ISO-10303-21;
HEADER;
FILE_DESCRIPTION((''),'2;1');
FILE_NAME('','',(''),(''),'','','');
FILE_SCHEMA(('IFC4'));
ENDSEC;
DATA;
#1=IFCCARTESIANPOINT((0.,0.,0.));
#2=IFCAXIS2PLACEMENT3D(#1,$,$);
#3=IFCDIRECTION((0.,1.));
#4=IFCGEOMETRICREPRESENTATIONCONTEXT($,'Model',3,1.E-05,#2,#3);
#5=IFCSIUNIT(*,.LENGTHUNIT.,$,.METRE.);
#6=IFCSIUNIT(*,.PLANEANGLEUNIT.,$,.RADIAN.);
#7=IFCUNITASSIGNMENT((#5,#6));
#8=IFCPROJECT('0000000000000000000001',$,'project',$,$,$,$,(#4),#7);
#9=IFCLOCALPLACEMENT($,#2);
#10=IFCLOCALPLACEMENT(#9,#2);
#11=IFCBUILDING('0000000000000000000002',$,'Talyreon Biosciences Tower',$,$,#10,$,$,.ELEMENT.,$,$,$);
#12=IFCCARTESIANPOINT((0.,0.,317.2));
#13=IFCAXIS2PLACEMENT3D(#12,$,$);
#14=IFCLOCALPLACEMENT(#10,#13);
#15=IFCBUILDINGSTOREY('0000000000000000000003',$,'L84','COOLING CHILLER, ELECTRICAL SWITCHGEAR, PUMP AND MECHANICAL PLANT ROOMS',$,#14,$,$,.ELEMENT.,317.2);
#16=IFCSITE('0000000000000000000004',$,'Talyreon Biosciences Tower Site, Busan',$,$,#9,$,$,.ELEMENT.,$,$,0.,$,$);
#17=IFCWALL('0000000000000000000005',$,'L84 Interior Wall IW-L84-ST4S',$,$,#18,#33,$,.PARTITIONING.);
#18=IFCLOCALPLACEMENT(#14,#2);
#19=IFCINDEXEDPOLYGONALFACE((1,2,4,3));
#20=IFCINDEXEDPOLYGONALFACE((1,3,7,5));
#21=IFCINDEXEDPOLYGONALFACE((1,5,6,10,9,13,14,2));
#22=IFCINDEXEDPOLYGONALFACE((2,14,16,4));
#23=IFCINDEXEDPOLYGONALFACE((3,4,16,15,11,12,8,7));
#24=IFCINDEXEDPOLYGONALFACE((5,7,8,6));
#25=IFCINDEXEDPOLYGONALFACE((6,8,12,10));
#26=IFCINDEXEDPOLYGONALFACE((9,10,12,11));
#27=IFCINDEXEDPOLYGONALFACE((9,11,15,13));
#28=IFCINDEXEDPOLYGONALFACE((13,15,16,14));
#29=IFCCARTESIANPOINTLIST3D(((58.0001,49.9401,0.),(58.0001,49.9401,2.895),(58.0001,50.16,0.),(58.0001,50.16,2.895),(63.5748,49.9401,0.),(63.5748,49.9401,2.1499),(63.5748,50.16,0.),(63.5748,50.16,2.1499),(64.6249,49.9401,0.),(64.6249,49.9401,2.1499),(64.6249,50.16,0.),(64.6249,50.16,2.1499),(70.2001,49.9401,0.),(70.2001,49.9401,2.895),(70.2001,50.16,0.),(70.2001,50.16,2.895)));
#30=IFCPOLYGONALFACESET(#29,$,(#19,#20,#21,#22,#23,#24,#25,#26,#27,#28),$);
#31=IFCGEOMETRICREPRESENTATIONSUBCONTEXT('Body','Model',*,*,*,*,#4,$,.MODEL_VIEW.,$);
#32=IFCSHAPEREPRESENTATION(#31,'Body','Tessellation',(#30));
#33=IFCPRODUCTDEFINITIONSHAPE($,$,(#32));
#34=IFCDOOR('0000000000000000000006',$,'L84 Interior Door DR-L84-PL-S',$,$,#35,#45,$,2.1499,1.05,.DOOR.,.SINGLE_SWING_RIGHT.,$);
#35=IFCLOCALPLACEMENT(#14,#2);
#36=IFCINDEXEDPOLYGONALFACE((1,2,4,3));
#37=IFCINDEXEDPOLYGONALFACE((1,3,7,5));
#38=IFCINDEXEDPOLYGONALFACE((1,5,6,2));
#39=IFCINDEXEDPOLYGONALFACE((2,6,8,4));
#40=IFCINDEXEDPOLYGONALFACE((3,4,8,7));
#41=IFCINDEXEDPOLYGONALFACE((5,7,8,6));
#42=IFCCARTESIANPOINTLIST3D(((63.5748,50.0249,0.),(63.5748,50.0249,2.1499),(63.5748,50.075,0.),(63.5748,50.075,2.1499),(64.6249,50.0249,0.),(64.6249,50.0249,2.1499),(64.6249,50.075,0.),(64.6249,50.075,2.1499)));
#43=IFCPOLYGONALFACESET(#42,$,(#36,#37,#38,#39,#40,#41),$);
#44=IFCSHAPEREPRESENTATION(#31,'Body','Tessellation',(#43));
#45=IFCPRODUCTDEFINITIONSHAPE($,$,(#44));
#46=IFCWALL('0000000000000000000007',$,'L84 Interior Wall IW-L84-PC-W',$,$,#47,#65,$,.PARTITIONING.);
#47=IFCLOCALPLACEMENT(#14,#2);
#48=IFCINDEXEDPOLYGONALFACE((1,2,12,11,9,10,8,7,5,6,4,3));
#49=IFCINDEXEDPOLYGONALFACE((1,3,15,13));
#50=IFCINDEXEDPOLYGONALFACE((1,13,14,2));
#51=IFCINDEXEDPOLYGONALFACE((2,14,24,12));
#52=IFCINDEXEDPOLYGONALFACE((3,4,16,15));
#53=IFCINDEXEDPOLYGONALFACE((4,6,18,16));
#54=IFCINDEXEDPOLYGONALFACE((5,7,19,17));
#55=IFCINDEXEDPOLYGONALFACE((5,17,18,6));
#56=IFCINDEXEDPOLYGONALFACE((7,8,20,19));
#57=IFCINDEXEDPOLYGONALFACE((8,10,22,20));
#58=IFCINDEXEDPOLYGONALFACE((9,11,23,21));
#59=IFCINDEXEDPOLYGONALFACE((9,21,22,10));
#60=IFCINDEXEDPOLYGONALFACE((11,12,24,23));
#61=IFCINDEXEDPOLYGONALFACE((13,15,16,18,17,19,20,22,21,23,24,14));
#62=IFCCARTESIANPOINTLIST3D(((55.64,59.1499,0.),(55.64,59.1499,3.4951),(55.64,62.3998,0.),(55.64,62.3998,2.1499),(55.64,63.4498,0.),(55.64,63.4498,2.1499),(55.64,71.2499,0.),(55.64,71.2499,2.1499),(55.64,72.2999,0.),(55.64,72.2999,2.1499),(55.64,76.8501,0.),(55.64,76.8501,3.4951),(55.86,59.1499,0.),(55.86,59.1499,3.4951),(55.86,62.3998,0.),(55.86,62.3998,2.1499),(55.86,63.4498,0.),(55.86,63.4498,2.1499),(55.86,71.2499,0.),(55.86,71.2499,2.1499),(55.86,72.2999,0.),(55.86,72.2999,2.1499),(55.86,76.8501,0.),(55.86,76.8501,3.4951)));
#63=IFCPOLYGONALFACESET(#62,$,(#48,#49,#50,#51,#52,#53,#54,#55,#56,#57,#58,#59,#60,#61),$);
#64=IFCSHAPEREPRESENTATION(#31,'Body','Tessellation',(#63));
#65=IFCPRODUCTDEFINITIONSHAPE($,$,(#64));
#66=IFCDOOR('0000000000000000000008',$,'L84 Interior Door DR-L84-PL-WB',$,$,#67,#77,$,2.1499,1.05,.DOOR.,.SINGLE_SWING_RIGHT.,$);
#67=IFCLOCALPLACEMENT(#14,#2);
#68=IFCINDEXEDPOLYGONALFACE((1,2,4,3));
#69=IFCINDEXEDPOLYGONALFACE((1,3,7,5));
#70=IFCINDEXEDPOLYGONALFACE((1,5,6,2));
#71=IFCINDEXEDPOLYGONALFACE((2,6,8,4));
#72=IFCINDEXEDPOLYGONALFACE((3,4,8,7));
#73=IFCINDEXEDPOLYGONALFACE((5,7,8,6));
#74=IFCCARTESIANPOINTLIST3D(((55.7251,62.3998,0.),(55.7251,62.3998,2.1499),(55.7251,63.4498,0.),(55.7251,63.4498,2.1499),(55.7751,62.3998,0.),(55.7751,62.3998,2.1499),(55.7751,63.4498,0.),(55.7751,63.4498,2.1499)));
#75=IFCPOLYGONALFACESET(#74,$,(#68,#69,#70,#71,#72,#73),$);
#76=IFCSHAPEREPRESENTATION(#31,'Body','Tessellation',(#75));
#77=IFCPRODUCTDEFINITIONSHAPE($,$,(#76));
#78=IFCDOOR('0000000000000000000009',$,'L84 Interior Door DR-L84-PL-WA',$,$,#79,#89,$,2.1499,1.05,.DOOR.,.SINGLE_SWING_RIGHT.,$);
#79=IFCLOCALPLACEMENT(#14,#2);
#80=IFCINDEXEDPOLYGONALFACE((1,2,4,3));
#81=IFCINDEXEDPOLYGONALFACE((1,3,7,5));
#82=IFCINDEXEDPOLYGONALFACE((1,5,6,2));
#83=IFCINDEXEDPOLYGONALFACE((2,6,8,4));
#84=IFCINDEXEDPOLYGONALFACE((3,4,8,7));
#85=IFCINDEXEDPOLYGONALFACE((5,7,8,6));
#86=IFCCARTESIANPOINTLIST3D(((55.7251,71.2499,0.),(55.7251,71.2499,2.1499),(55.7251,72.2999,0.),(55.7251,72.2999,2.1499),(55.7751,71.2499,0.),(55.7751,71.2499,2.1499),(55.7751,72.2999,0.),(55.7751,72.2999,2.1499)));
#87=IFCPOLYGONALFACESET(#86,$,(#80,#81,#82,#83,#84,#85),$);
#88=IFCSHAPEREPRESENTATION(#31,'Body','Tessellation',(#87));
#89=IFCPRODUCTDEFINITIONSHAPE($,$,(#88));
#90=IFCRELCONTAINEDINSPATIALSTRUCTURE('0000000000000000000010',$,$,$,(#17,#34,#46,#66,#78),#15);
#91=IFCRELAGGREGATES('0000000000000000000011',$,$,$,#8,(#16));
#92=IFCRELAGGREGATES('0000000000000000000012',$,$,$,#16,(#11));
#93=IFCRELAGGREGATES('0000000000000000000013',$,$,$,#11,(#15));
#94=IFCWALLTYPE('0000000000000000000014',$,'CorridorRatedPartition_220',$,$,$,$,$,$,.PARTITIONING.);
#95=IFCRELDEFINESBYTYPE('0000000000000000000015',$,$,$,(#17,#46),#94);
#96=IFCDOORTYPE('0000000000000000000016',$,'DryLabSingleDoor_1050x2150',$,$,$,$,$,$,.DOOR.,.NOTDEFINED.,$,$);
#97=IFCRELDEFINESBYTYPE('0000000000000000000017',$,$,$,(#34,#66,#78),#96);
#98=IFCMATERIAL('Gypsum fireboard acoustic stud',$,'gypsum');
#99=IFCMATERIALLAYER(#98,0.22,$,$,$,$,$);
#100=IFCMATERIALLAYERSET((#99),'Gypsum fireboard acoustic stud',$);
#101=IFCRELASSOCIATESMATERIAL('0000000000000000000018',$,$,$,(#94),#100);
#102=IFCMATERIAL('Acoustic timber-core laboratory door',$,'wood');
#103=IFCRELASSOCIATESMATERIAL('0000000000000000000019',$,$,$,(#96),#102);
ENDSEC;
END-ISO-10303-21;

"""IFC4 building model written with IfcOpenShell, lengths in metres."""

from ifc_helpers import new_model, si_unit, direction, frame, frame_2d, origin, place, context, subcontext, project, spatial, rectangle, extrude, material, layer, layer_set, type_object, element, fill, save


model = new_model("IFC4")

# Units and contexts
model_context = context("Model", 3, precision=1e-05, world=origin(), true_north=direction((0.0, 1.0)))
body_context = subcontext(model_context, "Body", "Model", "MODEL_VIEW")
ifc_project = project(units=[si_unit("LENGTHUNIT", "METRE"), si_unit("PLANEANGLEUNIT", "RADIAN")], contexts=[model_context])

# Site, building, storey
site_placement = place(None, origin())
site = spatial("IfcSite", under=ifc_project, at=site_placement, Name="Talyreon Biosciences Tower Site, Busan", CompositionType="ELEMENT", RefElevation=0.0)
building_placement = place(site_placement, origin())
building = spatial("IfcBuilding", under=site, at=building_placement, Name="Talyreon Biosciences Tower", CompositionType="ELEMENT")
storey_placement = place(building_placement, frame((0.0, 0.0, 317.2)))
storey = spatial("IfcBuildingStorey", under=building, at=storey_placement, Name="L84", Description="COOLING CHILLER, ELECTRICAL SWITCHGEAR, PUMP AND MECHANICAL PLANT ROOMS", CompositionType="ELEMENT", Elevation=317.2)

# Shared definitions
ifc_material_1 = material(Name="Gypsum fireboard acoustic stud", Category="gypsum")
ifc_layer_1 = layer(ifc_material_1, 0.22)
ifc_layer_set_1 = layer_set([ifc_layer_1], Name="Gypsum fireboard acoustic stud")
wall_type_1 = type_object("IfcWallType", Name="CorridorRatedPartition_220", PredefinedType="PARTITIONING", material=ifc_layer_set_1)

# Wall, opening, door
wall_1_placement = place(storey_placement, frame((58.0, 50.05, 0.0), z_axis=(0.0, 0.0, 1.0), x_axis=(1.0, 0.0, 0.0)))
wall_1 = element("IfcWall", 1, at=wall_1_placement, inside=storey, type_object=wall_type_1, Name="L84 Interior Wall IW-L84-ST4S", PredefinedType="PARTITIONING", context=body_context, shape_type="SweptSolid", body=[
    extrude(rectangle(XDim=12.2, YDim=0.22, at=frame_2d((6.1001, 0.0))), origin(), (0.0, 0.0, 1.0), 2.895),
])
opening_1_placement = place(wall_1_placement, frame((5.575, 0.0, 0.0)))
opening_1 = element("IfcOpeningElement", 2, at=opening_1_placement, cuts=wall_1, PredefinedType="OPENING", context=body_context, shape_type="SweptSolid", body=[
    extrude(rectangle(XDim=1.05, YDim=2.1499, at=frame_2d((0.5249, 1.075))), frame((0.0, 0.1199, 0.0), z_axis=(0.0, -1.0, 0.0), x_axis=(1.0, 0.0, 0.0)), (0.0, 0.0, 1.0), 0.24),
])
ifc_material_2 = material(Name="Acoustic timber-core laboratory door", Category="wood")
door_type_1 = type_object("IfcDoorType", Name="DryLabSingleDoor_1050x2150", OperationType="NOTDEFINED", PredefinedType="DOOR", material=ifc_material_2)
door_1_placement = place(opening_1_placement, origin())
door_1 = element("IfcDoor", 3, at=door_1_placement, inside=storey, type_object=door_type_1, Name="L84 Interior Door DR-L84-PL-S", OperationType="SINGLE_SWING_RIGHT", OverallHeight=2.1499, OverallWidth=1.05, PredefinedType="DOOR", context=body_context, shape_type="SweptSolid", body=[
    extrude(rectangle(XDim=1.05, YDim=2.1499, at=frame_2d((0.5249, 1.075))), frame((0.0, 0.0249, 0.0), z_axis=(0.0, -1.0, 0.0), x_axis=(1.0, 0.0, 0.0)), (0.0, 0.0, 1.0), 0.05),
])
fill(opening_1, door_1)

# Wall, openings, doors
wall_2_placement = place(storey_placement, frame((55.75, 59.1499, 0.0), z_axis=(0.0, 0.0, 1.0), x_axis=(0.0, 1.0, 0.0)))
wall_2 = element("IfcWall", 4, at=wall_2_placement, inside=storey, type_object=wall_type_1, Name="L84 Interior Wall IW-L84-PC-W", PredefinedType="PARTITIONING", context=body_context, shape_type="SweptSolid", body=[
    extrude(rectangle(XDim=17.7002, YDim=0.22, at=frame_2d((8.8501, 0.0))), origin(), (0.0, 0.0, 1.0), 3.4951),
])
opening_2_placement = place(wall_2_placement, frame((3.25, 0.0, 0.0)))
opening_2 = element("IfcOpeningElement", 5, at=opening_2_placement, cuts=wall_2, PredefinedType="OPENING", context=body_context, shape_type="SweptSolid", body=[
    extrude(rectangle(XDim=1.05, YDim=2.1499, at=frame_2d((0.5249, 1.075))), frame((0.0, 0.1199, 0.0), z_axis=(0.0, -1.0, 0.0), x_axis=(1.0, 0.0, 0.0)), (0.0, 0.0, 1.0), 0.24),
])
opening_3_placement = place(wall_2_placement, frame((12.1001, 0.0, 0.0)))
opening_3 = element("IfcOpeningElement", 6, at=opening_3_placement, cuts=wall_2, PredefinedType="OPENING", context=body_context, shape_type="SweptSolid", body=[
    extrude(rectangle(XDim=1.05, YDim=2.1499, at=frame_2d((0.5249, 1.075))), frame((0.0, 0.1199, 0.0), z_axis=(0.0, -1.0, 0.0), x_axis=(1.0, 0.0, 0.0)), (0.0, 0.0, 1.0), 0.24),
])
door_2_placement = place(opening_2_placement, origin())
door_2 = element("IfcDoor", 7, at=door_2_placement, inside=storey, type_object=door_type_1, Name="L84 Interior Door DR-L84-PL-WB", OperationType="SINGLE_SWING_RIGHT", OverallHeight=2.1499, OverallWidth=1.05, PredefinedType="DOOR", context=body_context, shape_type="SweptSolid", body=[
    extrude(rectangle(XDim=1.05, YDim=2.1499, at=frame_2d((0.5249, 1.075))), frame((0.0, 0.0249, 0.0), z_axis=(0.0, -1.0, 0.0), x_axis=(1.0, 0.0, 0.0)), (0.0, 0.0, 1.0), 0.05),
])
fill(opening_2, door_2)
door_3_placement = place(opening_3_placement, origin())
door_3 = element("IfcDoor", 8, at=door_3_placement, inside=storey, type_object=door_type_1, Name="L84 Interior Door DR-L84-PL-WA", OperationType="SINGLE_SWING_RIGHT", OverallHeight=2.1499, OverallWidth=1.05, PredefinedType="DOOR", context=body_context, shape_type="SweptSolid", body=[
    extrude(rectangle(XDim=1.05, YDim=2.1499, at=frame_2d((0.5249, 1.075))), frame((0.0, 0.0249, 0.0), z_axis=(0.0, -1.0, 0.0), x_axis=(1.0, 0.0, 0.0)), (0.0, 0.0, 1.0), 0.05),
])
fill(opening_3, door_3)

save(model, "model.ifc")
